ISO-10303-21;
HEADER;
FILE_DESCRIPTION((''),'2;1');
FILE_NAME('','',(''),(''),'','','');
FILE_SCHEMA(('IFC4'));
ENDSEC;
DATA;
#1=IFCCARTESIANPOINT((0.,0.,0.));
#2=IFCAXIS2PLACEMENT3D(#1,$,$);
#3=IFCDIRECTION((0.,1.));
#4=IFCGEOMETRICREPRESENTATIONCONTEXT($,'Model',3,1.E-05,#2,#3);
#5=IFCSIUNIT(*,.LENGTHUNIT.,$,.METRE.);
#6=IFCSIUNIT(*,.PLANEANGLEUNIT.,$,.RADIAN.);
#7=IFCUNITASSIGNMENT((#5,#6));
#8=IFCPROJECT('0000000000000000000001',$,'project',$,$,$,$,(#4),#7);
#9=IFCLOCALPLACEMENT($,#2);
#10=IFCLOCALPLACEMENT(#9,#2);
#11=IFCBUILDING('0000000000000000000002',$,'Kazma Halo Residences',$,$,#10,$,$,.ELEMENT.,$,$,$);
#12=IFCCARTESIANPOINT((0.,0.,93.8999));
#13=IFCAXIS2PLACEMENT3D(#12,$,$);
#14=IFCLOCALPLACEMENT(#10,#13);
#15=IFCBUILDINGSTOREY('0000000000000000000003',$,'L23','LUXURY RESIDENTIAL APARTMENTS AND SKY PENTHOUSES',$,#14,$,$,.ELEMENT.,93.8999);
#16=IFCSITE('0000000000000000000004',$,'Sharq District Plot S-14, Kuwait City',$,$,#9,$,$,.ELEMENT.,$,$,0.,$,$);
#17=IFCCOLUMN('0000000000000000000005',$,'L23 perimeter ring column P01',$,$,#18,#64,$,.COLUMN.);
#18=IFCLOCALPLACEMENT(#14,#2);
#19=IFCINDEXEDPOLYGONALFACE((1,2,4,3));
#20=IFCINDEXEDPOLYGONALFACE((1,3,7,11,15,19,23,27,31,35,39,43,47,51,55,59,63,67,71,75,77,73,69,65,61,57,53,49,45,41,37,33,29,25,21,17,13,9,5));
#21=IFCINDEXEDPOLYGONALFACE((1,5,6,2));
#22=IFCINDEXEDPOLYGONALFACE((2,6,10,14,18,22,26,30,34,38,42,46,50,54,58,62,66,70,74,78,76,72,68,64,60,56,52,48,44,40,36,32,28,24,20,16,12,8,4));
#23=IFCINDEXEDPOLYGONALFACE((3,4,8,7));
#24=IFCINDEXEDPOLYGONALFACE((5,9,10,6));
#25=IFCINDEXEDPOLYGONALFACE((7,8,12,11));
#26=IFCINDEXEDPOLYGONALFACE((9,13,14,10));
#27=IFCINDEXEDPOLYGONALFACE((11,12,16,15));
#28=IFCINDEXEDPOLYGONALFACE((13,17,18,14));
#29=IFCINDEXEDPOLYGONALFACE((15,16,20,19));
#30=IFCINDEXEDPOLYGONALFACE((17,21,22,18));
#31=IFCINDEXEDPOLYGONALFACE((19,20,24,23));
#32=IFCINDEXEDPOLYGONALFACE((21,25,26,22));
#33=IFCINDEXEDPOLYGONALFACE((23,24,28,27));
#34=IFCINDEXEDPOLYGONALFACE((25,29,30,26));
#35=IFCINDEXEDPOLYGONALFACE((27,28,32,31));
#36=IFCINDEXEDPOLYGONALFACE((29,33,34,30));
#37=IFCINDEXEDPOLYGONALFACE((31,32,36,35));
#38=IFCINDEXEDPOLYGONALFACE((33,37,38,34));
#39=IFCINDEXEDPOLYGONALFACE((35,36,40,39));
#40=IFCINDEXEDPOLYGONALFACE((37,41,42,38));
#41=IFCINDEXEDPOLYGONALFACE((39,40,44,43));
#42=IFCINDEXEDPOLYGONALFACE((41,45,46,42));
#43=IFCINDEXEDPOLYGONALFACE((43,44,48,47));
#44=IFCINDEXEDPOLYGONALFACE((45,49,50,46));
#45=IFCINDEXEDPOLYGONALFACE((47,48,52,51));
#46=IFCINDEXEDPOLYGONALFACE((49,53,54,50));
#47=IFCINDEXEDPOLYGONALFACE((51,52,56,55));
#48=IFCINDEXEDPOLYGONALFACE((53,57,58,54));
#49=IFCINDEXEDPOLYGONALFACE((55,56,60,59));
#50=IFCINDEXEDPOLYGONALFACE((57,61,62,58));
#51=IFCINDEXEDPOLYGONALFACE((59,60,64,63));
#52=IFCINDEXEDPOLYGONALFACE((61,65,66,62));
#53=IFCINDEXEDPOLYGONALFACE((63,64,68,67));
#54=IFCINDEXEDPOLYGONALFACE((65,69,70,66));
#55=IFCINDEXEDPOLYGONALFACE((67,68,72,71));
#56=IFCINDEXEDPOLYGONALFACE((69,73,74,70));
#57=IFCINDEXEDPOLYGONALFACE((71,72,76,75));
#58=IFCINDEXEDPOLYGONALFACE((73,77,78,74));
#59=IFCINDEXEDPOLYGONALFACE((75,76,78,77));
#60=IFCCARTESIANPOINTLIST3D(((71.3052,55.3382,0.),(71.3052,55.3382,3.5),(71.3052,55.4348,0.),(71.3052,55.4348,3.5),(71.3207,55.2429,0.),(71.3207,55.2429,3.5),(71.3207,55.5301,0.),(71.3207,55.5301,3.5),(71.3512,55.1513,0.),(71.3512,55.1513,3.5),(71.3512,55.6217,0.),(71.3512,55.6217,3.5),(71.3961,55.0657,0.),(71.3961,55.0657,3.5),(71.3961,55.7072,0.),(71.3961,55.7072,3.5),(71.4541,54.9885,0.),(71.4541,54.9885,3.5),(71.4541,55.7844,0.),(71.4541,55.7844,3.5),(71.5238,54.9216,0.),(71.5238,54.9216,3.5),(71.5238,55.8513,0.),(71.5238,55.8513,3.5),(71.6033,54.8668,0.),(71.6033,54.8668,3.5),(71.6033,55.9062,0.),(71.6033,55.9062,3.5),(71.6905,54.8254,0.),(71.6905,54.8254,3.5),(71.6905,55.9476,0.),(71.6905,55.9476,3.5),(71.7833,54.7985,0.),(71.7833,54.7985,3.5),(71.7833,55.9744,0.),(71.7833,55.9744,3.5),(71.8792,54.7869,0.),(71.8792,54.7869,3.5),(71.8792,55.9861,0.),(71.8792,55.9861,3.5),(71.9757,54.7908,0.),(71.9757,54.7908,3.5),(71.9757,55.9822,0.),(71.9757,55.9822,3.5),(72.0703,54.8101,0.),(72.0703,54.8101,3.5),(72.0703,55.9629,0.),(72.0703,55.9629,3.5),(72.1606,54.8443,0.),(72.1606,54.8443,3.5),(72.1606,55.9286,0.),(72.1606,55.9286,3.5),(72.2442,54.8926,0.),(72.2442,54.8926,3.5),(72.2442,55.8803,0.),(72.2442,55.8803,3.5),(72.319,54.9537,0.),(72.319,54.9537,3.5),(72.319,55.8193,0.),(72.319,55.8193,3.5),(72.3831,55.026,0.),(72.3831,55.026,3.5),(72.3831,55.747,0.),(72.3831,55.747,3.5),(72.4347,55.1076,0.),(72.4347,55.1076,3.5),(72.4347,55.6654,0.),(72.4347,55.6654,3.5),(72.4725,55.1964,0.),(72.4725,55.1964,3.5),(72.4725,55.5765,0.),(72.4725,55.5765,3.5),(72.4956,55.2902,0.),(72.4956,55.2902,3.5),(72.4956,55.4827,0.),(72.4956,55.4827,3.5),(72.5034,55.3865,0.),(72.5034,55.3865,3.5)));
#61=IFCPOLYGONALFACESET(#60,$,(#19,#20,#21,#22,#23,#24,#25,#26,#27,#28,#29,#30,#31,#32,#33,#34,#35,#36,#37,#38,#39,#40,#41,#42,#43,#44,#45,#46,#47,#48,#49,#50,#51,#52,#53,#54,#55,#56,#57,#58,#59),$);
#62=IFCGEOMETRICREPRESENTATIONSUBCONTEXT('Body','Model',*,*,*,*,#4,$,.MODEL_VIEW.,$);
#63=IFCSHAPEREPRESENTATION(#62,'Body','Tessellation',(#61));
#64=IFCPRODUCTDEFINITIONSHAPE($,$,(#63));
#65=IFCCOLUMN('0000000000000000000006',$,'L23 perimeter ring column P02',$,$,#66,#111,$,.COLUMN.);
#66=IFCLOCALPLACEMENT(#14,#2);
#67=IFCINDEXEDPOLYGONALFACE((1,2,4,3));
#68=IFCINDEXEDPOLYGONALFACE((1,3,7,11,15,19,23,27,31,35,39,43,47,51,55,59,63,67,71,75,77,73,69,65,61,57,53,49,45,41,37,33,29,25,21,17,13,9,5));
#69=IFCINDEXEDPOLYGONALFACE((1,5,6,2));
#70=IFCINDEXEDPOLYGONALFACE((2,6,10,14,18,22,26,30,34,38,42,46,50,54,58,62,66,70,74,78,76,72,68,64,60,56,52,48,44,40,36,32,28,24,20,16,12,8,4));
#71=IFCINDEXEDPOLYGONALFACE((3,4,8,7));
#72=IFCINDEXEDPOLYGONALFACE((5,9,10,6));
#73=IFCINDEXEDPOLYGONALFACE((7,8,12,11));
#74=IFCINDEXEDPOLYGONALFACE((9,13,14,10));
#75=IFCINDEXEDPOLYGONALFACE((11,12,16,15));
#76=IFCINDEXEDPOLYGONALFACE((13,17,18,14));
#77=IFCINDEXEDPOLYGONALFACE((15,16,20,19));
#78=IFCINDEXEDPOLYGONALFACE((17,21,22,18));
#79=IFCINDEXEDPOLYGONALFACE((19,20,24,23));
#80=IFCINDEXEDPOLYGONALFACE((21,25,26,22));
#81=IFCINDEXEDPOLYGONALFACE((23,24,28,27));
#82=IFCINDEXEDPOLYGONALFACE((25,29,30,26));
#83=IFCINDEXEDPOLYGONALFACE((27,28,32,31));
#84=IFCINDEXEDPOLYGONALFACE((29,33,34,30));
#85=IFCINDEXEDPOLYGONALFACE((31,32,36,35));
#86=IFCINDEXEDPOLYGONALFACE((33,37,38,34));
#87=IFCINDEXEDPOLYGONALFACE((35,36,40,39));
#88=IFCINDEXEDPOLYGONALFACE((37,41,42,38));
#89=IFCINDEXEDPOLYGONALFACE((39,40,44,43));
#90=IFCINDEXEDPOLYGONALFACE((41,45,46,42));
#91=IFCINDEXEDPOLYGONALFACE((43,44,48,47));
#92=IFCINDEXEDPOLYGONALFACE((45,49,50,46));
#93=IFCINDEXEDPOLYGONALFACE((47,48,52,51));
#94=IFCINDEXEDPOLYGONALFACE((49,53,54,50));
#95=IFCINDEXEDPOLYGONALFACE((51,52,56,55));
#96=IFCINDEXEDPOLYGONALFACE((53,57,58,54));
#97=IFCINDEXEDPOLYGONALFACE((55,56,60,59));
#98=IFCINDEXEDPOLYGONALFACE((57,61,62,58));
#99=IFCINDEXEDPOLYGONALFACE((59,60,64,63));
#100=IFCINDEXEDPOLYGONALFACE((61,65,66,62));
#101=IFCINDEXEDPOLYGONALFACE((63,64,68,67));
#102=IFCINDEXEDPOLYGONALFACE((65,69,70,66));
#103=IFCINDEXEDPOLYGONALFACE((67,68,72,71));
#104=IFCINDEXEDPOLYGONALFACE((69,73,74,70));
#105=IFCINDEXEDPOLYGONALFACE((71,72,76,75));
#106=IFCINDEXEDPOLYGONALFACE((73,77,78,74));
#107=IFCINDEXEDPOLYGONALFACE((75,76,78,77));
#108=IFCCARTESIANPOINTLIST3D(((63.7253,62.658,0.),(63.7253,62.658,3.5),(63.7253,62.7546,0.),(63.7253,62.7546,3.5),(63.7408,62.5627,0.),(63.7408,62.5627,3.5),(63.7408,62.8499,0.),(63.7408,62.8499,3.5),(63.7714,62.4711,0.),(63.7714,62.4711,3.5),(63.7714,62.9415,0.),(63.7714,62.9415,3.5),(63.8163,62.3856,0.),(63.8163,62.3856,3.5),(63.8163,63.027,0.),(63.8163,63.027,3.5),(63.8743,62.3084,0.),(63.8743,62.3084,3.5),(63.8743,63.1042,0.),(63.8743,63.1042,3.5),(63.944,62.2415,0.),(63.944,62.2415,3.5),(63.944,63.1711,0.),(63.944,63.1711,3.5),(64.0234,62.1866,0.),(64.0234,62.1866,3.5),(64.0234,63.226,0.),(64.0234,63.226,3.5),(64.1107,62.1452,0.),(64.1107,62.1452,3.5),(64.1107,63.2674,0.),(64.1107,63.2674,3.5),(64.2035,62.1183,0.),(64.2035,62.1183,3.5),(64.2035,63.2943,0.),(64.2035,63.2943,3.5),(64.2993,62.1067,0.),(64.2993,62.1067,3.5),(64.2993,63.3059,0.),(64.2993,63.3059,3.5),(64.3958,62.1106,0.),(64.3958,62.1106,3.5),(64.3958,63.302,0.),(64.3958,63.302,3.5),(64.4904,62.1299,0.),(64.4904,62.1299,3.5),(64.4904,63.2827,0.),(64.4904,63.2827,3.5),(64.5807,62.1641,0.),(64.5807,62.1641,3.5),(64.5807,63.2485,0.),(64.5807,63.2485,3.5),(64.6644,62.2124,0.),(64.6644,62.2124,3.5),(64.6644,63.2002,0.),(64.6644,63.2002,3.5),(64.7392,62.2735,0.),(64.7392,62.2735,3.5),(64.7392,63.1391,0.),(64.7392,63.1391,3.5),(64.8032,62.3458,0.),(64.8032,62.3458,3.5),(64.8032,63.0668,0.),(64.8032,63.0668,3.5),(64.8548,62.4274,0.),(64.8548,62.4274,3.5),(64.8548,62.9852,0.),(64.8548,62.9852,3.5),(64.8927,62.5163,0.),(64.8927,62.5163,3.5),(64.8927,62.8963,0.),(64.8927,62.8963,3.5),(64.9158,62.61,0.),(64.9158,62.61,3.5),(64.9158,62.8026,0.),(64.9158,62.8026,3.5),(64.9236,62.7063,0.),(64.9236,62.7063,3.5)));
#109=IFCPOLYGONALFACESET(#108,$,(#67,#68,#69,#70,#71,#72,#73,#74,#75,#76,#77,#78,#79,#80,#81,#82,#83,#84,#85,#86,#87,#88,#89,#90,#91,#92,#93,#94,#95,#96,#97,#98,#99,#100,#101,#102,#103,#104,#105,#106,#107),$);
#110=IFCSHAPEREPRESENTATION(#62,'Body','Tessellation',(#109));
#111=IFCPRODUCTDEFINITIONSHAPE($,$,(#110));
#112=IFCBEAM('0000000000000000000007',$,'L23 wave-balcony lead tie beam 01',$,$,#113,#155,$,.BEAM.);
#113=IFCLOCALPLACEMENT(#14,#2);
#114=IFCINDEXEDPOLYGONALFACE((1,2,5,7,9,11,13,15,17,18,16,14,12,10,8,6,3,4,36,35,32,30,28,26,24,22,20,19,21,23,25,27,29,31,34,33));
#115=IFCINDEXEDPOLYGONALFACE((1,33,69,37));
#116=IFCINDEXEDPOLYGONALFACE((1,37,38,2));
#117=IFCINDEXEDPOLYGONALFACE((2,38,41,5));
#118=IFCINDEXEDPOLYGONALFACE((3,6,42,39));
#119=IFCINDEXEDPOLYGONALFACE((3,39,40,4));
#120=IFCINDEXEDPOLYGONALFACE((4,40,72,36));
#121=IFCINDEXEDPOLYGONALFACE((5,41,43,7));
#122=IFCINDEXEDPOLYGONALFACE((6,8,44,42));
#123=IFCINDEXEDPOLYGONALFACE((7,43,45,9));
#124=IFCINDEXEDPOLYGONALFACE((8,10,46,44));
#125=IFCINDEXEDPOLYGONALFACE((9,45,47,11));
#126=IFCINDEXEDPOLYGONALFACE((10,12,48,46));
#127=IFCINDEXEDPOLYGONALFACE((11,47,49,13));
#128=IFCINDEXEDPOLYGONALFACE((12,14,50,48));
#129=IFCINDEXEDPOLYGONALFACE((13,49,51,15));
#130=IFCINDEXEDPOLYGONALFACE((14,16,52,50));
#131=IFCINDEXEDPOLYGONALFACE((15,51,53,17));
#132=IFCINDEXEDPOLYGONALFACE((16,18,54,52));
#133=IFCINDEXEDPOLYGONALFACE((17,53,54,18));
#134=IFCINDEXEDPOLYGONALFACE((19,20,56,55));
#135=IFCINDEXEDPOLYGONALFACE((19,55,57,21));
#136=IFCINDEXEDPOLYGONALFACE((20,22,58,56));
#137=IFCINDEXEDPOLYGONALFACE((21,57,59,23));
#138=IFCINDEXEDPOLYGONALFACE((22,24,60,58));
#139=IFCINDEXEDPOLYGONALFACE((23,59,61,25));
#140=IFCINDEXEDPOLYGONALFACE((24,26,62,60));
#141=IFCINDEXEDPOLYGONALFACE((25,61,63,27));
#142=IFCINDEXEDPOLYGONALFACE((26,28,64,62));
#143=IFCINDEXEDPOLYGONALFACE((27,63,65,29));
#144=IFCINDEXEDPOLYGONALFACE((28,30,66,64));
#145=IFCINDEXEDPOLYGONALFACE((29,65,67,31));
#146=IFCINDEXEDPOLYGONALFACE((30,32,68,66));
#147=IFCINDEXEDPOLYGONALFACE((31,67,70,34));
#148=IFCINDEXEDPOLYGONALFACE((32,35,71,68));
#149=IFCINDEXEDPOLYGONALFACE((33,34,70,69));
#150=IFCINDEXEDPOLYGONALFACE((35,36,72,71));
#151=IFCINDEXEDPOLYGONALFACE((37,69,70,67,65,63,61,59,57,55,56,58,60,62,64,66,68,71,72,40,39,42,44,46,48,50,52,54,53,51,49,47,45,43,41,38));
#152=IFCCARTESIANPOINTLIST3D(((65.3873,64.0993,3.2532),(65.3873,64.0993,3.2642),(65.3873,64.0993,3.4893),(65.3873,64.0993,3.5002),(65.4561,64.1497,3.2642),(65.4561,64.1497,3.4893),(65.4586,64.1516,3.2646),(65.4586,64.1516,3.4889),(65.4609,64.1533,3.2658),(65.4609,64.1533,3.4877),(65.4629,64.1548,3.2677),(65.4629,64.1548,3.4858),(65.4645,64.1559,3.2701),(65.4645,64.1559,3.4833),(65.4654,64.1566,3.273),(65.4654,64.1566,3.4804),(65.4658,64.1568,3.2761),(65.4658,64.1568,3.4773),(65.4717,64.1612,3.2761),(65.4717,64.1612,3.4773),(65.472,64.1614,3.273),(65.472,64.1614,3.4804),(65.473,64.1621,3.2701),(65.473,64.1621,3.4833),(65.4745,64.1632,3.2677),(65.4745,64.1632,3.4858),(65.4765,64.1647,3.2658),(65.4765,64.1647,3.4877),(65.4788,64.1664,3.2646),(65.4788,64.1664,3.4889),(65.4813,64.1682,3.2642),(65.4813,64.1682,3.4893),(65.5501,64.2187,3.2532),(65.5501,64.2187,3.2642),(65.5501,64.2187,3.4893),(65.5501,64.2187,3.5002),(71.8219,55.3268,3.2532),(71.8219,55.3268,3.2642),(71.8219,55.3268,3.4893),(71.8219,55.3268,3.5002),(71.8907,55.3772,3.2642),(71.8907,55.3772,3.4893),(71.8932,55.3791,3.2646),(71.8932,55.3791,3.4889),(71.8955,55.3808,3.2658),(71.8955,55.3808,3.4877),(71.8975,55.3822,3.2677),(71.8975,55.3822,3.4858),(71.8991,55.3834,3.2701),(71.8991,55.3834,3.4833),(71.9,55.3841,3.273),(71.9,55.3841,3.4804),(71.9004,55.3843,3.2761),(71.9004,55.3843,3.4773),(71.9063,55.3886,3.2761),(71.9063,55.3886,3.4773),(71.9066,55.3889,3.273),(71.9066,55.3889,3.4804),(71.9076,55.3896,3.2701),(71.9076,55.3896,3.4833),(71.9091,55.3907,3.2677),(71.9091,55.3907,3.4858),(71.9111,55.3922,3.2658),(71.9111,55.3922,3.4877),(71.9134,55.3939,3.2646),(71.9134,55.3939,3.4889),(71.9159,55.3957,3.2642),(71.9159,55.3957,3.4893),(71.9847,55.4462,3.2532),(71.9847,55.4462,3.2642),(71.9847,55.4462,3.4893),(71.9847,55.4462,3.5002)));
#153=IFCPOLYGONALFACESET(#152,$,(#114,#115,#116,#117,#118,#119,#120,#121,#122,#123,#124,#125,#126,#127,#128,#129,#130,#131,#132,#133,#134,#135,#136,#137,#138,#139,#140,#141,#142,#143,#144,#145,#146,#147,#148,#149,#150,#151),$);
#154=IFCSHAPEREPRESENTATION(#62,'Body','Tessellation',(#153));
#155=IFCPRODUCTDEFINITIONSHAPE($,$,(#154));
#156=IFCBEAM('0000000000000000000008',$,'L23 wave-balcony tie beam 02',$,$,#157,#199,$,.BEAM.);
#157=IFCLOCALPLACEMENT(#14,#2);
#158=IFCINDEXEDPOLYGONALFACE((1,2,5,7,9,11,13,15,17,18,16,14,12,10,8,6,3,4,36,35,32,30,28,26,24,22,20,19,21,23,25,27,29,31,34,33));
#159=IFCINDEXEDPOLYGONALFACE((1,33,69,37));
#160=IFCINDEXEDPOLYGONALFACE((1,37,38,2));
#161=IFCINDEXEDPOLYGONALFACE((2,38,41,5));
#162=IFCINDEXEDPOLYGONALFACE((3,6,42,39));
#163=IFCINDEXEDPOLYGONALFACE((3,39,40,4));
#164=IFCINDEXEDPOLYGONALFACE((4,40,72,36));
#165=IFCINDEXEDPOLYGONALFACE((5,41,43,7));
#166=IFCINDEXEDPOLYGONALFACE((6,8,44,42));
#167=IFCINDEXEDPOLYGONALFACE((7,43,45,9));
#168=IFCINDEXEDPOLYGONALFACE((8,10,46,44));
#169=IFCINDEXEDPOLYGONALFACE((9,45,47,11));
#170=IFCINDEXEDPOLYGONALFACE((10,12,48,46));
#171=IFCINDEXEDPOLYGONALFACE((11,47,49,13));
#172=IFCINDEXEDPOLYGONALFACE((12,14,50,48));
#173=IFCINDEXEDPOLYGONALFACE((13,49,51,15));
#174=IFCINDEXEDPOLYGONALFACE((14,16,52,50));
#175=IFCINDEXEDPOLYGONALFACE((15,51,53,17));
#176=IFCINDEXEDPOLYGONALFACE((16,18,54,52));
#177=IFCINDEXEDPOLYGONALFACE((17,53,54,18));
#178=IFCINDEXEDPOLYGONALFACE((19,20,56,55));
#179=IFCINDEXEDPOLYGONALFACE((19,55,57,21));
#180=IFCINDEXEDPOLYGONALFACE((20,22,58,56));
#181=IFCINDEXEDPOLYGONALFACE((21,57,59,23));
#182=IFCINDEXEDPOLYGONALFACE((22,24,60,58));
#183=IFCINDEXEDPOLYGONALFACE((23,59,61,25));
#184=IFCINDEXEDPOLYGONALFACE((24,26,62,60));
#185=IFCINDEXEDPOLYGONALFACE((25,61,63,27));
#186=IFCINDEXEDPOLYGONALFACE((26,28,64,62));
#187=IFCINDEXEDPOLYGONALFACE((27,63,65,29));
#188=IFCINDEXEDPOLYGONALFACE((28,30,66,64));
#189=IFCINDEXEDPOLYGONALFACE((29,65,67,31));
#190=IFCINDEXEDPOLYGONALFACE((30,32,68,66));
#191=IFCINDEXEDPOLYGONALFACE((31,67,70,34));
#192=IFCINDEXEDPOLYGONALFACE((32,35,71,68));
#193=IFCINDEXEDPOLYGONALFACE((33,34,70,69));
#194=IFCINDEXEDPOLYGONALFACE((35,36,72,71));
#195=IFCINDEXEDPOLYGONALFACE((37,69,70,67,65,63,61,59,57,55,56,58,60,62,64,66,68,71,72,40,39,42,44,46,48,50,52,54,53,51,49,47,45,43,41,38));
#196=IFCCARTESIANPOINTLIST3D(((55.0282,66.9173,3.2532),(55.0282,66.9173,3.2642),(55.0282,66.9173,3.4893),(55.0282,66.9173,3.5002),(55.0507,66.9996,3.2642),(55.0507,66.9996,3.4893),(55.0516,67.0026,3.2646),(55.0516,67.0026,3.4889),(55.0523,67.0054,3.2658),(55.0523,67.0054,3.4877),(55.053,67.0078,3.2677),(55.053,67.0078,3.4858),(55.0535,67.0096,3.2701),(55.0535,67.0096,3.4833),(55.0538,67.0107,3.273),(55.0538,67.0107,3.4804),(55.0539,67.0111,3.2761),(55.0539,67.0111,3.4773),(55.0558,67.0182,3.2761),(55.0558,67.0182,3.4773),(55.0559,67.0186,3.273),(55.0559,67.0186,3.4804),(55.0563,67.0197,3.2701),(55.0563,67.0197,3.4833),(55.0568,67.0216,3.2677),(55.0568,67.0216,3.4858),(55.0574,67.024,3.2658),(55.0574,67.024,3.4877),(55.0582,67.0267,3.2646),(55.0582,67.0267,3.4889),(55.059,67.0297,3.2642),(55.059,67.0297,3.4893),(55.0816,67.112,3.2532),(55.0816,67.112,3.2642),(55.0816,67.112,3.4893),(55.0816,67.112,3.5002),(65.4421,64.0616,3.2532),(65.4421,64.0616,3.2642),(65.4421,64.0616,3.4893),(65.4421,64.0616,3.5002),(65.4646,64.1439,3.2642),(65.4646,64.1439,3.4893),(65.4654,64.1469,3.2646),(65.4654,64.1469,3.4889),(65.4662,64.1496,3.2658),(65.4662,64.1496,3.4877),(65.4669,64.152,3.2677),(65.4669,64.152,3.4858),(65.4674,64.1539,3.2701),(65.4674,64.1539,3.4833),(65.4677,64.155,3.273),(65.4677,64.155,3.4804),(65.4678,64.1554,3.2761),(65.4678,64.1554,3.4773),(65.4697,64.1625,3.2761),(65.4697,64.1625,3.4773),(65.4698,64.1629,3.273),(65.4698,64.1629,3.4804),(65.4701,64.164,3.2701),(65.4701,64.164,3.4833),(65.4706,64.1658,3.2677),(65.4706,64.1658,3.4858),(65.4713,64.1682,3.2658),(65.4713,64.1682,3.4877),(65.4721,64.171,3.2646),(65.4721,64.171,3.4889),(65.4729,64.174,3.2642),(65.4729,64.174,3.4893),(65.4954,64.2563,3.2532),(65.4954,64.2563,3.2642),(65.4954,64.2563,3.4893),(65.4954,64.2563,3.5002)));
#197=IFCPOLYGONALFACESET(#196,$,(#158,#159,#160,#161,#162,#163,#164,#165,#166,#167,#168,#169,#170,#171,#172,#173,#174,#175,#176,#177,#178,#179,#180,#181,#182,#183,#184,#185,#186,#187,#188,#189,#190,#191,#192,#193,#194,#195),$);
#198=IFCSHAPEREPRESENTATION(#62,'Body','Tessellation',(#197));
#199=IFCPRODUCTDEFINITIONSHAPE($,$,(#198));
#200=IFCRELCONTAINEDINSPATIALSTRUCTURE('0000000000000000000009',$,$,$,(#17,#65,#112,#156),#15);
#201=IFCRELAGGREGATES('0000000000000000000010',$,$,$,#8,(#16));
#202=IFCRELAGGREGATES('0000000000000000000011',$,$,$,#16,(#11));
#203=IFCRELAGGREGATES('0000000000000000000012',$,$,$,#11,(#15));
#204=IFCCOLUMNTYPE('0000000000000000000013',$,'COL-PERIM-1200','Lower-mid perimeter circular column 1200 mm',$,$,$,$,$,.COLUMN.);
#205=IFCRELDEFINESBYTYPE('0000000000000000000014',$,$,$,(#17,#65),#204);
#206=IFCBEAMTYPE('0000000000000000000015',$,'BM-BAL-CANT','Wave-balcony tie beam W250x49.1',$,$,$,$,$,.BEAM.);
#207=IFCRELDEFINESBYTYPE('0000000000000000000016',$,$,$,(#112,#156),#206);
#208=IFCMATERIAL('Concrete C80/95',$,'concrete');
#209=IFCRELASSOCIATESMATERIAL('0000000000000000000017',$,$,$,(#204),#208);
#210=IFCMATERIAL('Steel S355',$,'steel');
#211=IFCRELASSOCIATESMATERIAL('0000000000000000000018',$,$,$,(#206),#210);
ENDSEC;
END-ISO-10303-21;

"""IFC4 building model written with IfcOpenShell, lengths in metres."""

from ifc_helpers import new_model, si_unit, direction, frame, origin, origin_2d, place, context, subcontext, project, spatial, circle, i_section, extrude, material, material_profile, profile_set, type_object, element, save


model = new_model("IFC4")

# Units and contexts
model_context = context("Model", 3, precision=1e-05, world=origin(), true_north=direction((0.0, 1.0)))
body_context = subcontext(model_context, "Body", "Model", "MODEL_VIEW")
ifc_project = project(units=[si_unit("LENGTHUNIT", "METRE"), si_unit("PLANEANGLEUNIT", "RADIAN")], contexts=[model_context])

# Site, building, storey
site_placement = place(None, origin())
site = spatial("IfcSite", under=ifc_project, at=site_placement, Name="Sharq District Plot S-14, Kuwait City", CompositionType="ELEMENT", RefElevation=0.0)
building_placement = place(site_placement, origin())
building = spatial("IfcBuilding", under=site, at=building_placement, Name="Kazma Halo Residences", CompositionType="ELEMENT")
storey_placement = place(building_placement, frame((0.0, 0.0, 93.8999)))
storey = spatial("IfcBuildingStorey", under=building, at=storey_placement, Name="L23", Description="LUXURY RESIDENTIAL APARTMENTS AND SKY PENTHOUSES", CompositionType="ELEMENT", Elevation=93.8999)

# Columns
ifc_material_1 = material(Name="Concrete C80/95", Category="concrete")
ifc_material_profile_1 = material_profile(ifc_material_1, circle(Radius=0.6001, at=origin_2d()), Name="CIRC1200")
ifc_profile_set_1 = profile_set([ifc_material_profile_1], Name="Concrete C80/95")
column_type = type_object("IfcColumnType", Name="COL-PERIM-1200", Description="Lower-mid perimeter circular column 1200 mm", PredefinedType="COLUMN", material=ifc_profile_set_1)
for number, where, z_axis, x_axis, name in (
    (1, (71.9033, 55.3865, 0.0), (0.0, 0.0, 1.0), (1.0, 0.0, 0.0), "L23 perimeter ring column P01"),
    (2, (64.3235, 62.7063, 0.0), (0.0, 0.0, 1.0), (1.0, 0.0, 0.0), "L23 perimeter ring column P02"),
):
    element("IfcColumn", number, at=place(storey_placement, frame(where, z_axis=z_axis, x_axis=x_axis)), inside=storey, type_object=column_type, Name=name, PredefinedType="COLUMN", context=body_context, shape_type="SweptSolid", body=[
        extrude(circle(Radius=0.6001, at=origin_2d()), origin(), (0.0, 0.0, 1.0), 3.5),
    ])

# Beams
ifc_material_2 = material(Name="Steel S355", Category="steel")
ifc_material_profile_2 = material_profile(ifc_material_2, i_section(OverallWidth=0.2019, OverallDepth=0.2471, WebThickness=0.0073, FlangeThickness=0.011, FilletRadius=0.012, at=origin_2d()), Name="W250x49.1")
ifc_profile_set_2 = profile_set([ifc_material_profile_2], Name="Steel S355")
beam_type_1 = type_object("IfcBeamType", Name="BM-BAL-CANT", Description="Wave-balcony tie beam W250x49.1", PredefinedType="BEAM", material=ifc_profile_set_2)
beam_1_placement = place(storey_placement, frame((71.9033, 55.3865, 3.3767), z_axis=(-0.591449, 0.806342, 0.0), x_axis=(-0.806342, -0.591449, 0.0)))
element("IfcBeam", 3, at=beam_1_placement, inside=storey, type_object=beam_type_1, Name="L23 wave-balcony lead tie beam 01", PredefinedType="BEAM", context=body_context, shape_type="SweptSolid", body=[
    extrude(i_section(OverallWidth=0.2019, OverallDepth=0.2471, WebThickness=0.0073, FlangeThickness=0.011, FilletRadius=0.012, at=origin_2d()), origin(), (0.0, 0.0, 1.0), 10.8794),
])
beam_2_placement = place(storey_placement, frame((65.4688, 64.1589, 3.3767), z_axis=(-0.964397, 0.26446, 0.0), x_axis=(-0.26446, -0.964397, 0.0)))
element("IfcBeam", 4, at=beam_2_placement, inside=storey, type_object=beam_type_1, Name="L23 wave-balcony tie beam 02", PredefinedType="BEAM", context=body_context, shape_type="SweptSolid", body=[
    extrude(i_section(OverallWidth=0.2019, OverallDepth=0.2471, WebThickness=0.0073, FlangeThickness=0.011, FilletRadius=0.012, at=origin_2d()), origin(), (0.0, 0.0, 1.0), 10.7983),
])

save(model, "model.ifc")
